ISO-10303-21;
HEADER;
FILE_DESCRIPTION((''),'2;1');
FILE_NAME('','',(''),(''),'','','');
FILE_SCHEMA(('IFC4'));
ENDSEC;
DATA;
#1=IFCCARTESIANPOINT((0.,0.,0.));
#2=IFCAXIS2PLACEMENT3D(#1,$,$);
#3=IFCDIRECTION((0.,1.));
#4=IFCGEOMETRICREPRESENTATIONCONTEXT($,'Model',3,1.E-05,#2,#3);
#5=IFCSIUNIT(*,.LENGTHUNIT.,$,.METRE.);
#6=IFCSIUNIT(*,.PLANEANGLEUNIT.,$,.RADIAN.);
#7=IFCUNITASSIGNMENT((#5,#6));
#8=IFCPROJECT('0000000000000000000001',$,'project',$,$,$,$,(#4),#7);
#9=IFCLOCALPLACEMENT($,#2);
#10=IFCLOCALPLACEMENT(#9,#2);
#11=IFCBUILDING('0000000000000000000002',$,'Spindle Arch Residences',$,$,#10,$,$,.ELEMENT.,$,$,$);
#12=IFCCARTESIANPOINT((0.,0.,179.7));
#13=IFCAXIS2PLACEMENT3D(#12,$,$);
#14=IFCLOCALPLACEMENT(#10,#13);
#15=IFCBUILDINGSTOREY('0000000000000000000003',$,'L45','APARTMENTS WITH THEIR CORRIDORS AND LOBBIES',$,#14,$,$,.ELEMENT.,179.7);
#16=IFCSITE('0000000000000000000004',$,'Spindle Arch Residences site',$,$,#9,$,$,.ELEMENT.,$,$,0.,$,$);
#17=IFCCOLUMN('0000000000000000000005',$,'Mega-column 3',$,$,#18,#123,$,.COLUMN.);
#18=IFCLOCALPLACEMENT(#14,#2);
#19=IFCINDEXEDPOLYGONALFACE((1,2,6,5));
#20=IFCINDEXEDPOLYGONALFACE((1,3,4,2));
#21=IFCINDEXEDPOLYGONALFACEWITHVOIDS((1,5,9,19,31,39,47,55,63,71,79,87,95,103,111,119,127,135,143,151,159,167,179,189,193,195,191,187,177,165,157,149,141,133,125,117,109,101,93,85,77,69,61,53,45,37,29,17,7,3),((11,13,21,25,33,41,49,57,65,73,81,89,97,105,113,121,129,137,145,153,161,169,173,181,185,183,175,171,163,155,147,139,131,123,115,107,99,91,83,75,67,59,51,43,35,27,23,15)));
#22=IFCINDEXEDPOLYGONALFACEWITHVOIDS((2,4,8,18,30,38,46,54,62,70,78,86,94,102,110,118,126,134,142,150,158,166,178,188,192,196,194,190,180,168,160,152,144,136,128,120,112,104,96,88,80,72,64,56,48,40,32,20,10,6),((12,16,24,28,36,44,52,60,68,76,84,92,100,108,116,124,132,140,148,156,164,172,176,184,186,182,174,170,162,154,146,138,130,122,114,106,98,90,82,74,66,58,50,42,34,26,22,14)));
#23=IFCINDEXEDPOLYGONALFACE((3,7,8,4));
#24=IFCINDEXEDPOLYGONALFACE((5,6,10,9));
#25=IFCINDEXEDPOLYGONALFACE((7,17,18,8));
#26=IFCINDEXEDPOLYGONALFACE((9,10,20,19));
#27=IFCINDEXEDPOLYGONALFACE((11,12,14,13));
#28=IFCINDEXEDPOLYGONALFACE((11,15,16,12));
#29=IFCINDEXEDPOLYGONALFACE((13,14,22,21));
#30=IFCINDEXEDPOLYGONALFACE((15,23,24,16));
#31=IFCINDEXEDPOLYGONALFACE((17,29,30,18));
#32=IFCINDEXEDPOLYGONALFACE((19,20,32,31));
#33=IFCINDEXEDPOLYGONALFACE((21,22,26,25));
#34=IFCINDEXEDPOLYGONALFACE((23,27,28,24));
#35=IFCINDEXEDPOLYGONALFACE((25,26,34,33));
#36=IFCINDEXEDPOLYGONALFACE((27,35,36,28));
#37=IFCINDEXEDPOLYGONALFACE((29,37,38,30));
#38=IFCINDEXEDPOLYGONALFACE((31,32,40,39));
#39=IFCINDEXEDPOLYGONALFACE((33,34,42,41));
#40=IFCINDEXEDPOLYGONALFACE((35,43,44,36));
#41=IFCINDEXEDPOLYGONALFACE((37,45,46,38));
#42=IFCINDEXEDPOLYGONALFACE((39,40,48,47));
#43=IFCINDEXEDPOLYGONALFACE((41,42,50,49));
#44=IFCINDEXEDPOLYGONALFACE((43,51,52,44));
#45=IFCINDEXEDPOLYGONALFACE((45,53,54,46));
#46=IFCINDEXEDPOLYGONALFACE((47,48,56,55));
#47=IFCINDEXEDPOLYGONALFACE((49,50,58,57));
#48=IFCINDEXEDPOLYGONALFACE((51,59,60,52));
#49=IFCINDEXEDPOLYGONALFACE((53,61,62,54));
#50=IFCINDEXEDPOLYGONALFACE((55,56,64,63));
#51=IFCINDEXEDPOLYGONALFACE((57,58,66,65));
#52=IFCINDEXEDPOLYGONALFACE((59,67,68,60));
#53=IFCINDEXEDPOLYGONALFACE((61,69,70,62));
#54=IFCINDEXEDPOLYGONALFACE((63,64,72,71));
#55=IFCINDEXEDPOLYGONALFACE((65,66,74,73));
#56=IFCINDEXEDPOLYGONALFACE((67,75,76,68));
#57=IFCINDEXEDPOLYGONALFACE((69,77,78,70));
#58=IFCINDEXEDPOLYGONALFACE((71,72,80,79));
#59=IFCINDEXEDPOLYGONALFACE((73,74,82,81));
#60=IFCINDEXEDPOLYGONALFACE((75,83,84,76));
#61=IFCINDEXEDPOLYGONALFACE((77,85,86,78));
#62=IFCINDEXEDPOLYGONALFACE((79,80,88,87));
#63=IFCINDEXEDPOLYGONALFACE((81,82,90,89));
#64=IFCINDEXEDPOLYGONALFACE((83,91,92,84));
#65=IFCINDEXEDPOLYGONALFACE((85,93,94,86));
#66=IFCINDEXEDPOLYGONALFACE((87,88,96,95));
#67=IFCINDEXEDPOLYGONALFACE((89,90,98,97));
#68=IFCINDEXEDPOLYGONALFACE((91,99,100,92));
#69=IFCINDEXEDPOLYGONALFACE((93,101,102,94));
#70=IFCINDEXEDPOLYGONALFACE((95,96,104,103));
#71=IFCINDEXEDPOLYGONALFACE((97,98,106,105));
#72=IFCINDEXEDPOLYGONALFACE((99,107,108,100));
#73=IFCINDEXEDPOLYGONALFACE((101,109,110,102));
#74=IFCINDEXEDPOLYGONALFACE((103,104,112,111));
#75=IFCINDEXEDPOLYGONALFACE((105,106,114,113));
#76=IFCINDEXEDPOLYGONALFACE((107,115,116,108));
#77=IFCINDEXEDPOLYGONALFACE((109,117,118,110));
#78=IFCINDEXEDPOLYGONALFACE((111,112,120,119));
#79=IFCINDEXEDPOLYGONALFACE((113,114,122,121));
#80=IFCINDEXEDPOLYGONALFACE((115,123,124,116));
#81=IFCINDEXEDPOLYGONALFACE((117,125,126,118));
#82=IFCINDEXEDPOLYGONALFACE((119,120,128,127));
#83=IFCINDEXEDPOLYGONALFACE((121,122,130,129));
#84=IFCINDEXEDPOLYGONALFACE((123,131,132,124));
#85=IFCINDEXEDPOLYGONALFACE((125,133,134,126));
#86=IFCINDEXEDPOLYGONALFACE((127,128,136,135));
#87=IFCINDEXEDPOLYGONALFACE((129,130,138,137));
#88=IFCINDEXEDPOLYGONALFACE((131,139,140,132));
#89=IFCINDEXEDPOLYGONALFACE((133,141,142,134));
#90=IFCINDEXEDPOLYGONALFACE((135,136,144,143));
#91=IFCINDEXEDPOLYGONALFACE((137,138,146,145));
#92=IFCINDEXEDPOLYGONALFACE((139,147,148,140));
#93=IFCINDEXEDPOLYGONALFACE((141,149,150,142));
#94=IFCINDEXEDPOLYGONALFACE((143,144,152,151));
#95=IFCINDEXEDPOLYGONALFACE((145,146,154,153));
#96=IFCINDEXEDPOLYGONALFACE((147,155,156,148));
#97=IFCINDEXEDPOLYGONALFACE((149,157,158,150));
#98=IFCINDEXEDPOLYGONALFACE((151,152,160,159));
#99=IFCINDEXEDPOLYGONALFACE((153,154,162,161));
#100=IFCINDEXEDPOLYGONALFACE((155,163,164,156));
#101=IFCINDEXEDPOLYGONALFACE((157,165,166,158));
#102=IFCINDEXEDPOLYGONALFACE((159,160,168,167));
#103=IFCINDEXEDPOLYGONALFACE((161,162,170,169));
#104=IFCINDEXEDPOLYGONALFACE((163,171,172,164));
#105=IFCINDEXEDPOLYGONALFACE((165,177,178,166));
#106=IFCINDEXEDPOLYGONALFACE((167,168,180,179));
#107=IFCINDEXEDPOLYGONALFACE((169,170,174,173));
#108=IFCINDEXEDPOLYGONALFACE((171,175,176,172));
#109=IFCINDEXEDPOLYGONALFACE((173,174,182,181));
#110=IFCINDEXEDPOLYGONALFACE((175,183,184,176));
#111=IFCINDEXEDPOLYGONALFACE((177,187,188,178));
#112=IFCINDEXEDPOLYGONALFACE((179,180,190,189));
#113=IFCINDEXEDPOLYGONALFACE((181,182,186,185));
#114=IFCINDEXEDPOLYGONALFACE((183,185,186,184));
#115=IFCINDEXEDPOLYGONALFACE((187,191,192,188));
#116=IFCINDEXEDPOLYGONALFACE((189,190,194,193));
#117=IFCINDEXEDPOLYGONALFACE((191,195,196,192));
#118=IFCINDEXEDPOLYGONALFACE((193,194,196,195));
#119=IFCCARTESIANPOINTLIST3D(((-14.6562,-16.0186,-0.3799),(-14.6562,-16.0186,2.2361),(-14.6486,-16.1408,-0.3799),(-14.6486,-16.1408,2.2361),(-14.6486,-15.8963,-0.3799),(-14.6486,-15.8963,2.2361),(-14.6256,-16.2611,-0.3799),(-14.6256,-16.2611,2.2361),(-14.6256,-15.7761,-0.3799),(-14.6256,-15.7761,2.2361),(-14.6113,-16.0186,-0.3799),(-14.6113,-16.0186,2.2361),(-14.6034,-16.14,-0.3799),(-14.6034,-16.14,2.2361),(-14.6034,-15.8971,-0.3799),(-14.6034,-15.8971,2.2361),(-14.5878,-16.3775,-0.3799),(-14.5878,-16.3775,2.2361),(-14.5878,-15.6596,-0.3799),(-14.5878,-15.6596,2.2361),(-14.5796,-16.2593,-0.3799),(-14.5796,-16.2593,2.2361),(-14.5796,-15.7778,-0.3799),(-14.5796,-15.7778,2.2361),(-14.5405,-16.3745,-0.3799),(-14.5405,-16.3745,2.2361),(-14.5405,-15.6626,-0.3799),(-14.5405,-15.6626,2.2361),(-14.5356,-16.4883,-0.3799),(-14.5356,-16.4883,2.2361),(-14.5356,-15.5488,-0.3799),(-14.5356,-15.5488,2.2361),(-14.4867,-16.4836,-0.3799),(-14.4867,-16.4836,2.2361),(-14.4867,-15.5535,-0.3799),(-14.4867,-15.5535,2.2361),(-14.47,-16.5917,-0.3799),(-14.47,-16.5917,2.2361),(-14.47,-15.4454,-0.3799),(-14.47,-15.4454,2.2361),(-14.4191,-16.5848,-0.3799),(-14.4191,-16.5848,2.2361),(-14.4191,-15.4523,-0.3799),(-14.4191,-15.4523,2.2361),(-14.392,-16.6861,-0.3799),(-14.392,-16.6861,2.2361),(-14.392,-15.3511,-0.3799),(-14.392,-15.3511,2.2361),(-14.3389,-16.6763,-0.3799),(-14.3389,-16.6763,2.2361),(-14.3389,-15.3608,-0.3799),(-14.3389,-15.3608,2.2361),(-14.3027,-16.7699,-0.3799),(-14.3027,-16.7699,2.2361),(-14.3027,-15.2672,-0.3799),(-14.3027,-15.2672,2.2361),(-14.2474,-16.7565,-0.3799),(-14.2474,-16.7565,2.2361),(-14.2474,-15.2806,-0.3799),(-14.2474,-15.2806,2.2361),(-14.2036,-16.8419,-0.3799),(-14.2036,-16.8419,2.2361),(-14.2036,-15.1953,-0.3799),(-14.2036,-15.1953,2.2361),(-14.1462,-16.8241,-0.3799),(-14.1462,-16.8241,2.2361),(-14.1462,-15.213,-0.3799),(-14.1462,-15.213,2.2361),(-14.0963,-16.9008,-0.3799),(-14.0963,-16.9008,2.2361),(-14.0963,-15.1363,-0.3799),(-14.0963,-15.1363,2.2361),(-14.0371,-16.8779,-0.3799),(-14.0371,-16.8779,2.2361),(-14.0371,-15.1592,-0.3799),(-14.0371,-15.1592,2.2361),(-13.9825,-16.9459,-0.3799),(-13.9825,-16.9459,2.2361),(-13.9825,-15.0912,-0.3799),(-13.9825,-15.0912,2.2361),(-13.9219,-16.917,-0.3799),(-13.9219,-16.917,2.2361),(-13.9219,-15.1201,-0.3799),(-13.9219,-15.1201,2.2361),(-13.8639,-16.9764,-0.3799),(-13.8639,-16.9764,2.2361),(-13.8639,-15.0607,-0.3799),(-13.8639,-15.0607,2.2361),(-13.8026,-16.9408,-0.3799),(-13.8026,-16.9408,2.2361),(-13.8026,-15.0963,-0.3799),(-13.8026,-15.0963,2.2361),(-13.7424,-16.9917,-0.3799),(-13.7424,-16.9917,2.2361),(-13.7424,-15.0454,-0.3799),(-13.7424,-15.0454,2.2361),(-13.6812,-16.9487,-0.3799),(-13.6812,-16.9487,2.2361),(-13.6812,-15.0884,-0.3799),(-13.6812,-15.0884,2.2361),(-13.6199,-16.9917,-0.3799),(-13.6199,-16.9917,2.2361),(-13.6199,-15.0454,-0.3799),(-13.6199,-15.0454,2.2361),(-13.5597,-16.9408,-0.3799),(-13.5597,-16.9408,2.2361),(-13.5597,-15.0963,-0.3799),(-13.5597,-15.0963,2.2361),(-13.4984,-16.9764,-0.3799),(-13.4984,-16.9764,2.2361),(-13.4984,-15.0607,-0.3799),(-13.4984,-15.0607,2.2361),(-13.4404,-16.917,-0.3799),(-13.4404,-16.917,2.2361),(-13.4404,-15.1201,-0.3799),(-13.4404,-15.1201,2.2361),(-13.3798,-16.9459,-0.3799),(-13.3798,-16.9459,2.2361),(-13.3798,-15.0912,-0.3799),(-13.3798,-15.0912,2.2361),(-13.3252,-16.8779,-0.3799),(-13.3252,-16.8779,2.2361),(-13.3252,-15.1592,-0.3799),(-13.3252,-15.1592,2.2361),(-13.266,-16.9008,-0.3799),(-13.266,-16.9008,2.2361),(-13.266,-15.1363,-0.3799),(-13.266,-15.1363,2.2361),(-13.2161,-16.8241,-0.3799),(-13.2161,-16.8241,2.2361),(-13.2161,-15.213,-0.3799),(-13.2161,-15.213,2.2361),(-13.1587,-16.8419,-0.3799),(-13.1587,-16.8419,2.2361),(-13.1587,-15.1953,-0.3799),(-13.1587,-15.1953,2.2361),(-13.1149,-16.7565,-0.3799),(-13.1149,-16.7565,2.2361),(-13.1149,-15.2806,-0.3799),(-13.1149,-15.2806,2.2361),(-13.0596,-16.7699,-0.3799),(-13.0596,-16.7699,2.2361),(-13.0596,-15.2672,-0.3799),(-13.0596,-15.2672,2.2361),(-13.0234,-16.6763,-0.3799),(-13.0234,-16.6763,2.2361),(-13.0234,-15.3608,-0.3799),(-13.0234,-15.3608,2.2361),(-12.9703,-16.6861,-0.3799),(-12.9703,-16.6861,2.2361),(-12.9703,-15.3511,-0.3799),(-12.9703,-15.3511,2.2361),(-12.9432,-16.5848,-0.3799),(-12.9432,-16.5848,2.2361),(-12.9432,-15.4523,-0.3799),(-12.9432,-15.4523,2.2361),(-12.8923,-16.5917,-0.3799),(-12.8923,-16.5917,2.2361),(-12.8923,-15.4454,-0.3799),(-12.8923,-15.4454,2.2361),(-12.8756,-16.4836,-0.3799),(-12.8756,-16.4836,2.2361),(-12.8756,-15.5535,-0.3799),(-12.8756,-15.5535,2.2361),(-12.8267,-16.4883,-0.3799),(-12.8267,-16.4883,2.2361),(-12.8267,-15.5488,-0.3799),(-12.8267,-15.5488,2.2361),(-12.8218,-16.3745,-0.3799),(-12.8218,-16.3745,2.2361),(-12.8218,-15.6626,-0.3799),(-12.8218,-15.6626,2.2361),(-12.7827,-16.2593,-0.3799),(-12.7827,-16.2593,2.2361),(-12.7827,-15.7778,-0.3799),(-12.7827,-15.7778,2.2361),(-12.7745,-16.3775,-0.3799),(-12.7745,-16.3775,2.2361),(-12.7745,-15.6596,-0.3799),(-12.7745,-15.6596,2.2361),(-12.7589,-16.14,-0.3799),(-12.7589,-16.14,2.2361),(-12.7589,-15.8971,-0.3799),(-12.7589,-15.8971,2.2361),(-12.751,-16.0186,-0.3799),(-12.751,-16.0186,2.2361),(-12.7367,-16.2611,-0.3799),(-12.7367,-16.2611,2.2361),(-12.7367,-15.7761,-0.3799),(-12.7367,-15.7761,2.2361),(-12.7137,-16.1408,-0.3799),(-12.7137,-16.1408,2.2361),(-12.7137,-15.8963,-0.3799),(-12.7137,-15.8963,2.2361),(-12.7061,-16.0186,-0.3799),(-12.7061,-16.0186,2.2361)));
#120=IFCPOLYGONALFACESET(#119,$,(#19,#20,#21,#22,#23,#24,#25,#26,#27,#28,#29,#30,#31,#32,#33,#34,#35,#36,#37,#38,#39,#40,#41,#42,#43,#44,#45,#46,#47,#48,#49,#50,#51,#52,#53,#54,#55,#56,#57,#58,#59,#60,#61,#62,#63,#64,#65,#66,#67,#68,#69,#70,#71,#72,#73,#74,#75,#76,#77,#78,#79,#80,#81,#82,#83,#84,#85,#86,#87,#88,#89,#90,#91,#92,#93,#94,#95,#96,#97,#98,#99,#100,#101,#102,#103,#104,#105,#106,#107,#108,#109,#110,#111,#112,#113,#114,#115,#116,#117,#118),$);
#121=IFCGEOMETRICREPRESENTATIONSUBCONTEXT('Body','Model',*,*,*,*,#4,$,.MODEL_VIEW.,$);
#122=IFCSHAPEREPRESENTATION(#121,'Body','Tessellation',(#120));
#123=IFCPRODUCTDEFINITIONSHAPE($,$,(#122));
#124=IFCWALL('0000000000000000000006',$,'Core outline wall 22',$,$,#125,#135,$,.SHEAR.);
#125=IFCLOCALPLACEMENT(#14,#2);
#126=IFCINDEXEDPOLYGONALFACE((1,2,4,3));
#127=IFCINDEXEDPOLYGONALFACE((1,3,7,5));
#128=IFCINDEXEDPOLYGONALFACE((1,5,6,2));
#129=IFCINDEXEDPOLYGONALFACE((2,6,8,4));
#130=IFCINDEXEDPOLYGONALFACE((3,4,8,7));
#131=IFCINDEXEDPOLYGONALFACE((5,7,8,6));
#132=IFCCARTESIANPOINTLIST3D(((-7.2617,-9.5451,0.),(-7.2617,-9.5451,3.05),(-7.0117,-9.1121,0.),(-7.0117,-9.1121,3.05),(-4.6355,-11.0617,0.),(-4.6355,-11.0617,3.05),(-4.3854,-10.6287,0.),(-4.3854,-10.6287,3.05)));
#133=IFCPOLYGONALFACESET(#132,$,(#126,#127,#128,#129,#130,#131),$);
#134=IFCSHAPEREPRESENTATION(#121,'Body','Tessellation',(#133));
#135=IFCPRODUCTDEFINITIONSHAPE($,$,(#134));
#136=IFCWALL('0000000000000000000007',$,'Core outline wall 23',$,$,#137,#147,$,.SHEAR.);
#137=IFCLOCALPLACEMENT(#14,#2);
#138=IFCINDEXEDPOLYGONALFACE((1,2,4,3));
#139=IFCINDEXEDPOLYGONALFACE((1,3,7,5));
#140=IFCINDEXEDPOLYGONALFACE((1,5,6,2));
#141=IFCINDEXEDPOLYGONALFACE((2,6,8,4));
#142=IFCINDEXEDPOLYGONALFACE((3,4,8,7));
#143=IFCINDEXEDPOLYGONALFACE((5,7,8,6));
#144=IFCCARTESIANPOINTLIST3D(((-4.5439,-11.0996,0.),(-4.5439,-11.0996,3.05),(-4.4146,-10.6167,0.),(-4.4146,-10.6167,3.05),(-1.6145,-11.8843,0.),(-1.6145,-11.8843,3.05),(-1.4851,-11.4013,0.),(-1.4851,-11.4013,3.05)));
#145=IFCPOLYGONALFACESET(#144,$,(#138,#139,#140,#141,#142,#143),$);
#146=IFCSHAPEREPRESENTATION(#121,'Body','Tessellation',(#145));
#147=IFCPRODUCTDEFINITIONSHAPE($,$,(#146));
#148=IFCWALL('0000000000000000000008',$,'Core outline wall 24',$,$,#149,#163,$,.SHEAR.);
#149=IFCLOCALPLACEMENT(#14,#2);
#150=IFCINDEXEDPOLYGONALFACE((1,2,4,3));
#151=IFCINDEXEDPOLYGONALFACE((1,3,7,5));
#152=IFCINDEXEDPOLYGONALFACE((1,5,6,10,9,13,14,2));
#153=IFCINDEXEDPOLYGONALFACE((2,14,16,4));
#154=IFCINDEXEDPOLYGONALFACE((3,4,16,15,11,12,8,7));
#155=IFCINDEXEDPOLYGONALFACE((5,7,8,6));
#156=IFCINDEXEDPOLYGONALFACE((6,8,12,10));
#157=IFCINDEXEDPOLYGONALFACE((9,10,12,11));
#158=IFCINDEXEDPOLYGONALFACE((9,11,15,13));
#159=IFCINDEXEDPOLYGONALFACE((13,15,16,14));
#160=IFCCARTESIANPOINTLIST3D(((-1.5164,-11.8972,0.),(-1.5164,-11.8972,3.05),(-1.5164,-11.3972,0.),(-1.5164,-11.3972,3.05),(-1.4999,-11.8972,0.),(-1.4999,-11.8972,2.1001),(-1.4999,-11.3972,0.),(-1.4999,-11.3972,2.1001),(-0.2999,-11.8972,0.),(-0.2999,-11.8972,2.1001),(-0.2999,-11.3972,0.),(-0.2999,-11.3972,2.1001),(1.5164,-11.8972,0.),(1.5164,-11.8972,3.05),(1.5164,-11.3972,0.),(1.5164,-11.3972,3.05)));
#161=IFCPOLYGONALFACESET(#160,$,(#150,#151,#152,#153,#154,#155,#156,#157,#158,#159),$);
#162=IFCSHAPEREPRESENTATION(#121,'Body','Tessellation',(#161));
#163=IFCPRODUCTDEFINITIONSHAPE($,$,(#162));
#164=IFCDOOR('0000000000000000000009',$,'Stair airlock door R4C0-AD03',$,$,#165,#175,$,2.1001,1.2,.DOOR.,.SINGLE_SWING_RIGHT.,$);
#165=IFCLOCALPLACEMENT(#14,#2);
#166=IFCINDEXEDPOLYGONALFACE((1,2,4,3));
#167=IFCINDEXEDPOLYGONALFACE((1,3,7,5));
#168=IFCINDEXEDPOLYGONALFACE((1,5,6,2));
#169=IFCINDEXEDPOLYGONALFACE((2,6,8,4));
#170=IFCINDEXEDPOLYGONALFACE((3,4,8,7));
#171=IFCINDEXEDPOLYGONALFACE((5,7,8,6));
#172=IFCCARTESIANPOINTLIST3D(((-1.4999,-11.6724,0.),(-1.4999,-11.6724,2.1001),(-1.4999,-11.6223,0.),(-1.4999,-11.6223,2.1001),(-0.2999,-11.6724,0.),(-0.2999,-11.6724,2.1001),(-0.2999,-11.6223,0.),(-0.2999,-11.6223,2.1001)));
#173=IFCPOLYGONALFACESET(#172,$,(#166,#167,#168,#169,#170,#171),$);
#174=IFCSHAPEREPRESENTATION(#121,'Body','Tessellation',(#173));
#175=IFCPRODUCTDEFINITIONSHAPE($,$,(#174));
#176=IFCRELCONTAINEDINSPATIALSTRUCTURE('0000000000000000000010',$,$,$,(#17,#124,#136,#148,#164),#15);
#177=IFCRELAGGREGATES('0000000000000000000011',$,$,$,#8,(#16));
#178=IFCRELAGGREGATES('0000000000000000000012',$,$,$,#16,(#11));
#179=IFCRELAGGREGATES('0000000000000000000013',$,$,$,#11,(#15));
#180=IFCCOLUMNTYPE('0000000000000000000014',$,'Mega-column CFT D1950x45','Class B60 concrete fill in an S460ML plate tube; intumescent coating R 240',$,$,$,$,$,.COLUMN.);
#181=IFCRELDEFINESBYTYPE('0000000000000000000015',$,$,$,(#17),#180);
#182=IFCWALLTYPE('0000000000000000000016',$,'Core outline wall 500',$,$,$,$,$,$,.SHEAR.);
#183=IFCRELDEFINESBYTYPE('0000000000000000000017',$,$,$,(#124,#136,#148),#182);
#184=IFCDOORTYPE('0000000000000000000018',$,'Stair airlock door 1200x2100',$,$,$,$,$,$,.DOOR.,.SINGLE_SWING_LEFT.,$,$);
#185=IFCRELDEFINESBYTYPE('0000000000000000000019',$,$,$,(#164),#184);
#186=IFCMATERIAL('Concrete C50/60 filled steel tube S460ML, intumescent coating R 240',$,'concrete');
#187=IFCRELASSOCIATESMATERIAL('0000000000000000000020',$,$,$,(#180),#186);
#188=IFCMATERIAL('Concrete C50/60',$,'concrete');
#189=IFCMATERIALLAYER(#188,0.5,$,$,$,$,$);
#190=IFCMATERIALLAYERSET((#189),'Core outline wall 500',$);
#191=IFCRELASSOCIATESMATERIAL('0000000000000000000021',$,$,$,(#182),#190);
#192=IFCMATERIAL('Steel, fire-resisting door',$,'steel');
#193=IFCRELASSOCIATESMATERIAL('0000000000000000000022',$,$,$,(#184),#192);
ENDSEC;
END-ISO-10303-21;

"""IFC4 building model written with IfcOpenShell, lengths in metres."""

from ifc_helpers import new_model, si_unit, direction, frame, frame_2d, origin, origin_2d, place, context, subcontext, project, spatial, rectangle, hollow_circle, extrude, material, layer, layer_set, material_profile, profile_set, type_object, element, fill, save


model = new_model("IFC4")

# Units and contexts
model_context = context("Model", 3, precision=1e-05, world=origin(), true_north=direction((0.0, 1.0)))
body_context = subcontext(model_context, "Body", "Model", "MODEL_VIEW")
ifc_project = project(units=[si_unit("LENGTHUNIT", "METRE"), si_unit("PLANEANGLEUNIT", "RADIAN")], contexts=[model_context])

# Site, building, storey
site_placement = place(None, origin())
site = spatial("IfcSite", under=ifc_project, at=site_placement, Name="Spindle Arch Residences site", CompositionType="ELEMENT", RefElevation=0.0)
building_placement = place(site_placement, origin())
building = spatial("IfcBuilding", under=site, at=building_placement, Name="Spindle Arch Residences", CompositionType="ELEMENT")
storey_placement = place(building_placement, frame((0.0, 0.0, 179.7)))
storey = spatial("IfcBuildingStorey", under=building, at=storey_placement, Name="L45", Description="APARTMENTS WITH THEIR CORRIDORS AND LOBBIES", CompositionType="ELEMENT", Elevation=179.7)

# Column
ifc_material_1 = material(Name="Concrete C50/60 filled steel tube S460ML, intumescent coating R 240", Category="concrete")
ifc_material_profile = material_profile(ifc_material_1, hollow_circle(Radius=0.9751, WallThickness=0.0449, at=origin_2d()), Name="CFT D1950x45")
ifc_profile_set = profile_set([ifc_material_profile], Name="Concrete C50/60 filled steel tube S460ML, intumescent coating R 240")
column_type = type_object("IfcColumnType", Name="Mega-column CFT D1950x45", Description="Class B60 concrete fill in an S460ML plate tube; intumescent coating R 240", PredefinedType="COLUMN", material=ifc_profile_set)
column_placement = place(storey_placement, frame((-13.6812, -16.0186, -0.3799), z_axis=(0.0, 0.0, 1.0), x_axis=(1.0, 0.0, 0.0)))
element("IfcColumn", 1, at=column_placement, inside=storey, type_object=column_type, Name="Mega-column 3", PredefinedType="COLUMN", context=body_context, shape_type="SweptSolid", body=[
    extrude(hollow_circle(Radius=0.9751, WallThickness=0.0449, at=origin_2d()), origin(), (0.0, 0.0, 1.0), 2.616),
])

# Walls
ifc_material_2 = material(Name="Concrete C50/60", Category="concrete")
ifc_layer_1 = layer(ifc_material_2, 0.5)
ifc_layer_set_1 = layer_set([ifc_layer_1], Name="Core outline wall 500")
wall_type_1 = type_object("IfcWallType", Name="Core outline wall 500", PredefinedType="SHEAR", material=ifc_layer_set_1)
for number, where, z_axis, x_axis, name in (
    (2, (-7.1367, -9.3286, 0.0), (0.0, 0.0, 1.0), (0.865975, -0.500087, 0.0), "Core outline wall 22"),
    (3, (-4.4792, -10.8582, 0.0), (0.0, 0.0, 1.0), (0.965948, -0.258735, 0.0), "Core outline wall 23"),
):
    element("IfcWall", number, at=place(storey_placement, frame(where, z_axis=z_axis, x_axis=x_axis)), inside=storey, type_object=wall_type_1, Name=name, PredefinedType="SHEAR", context=body_context, shape_type="SweptSolid", body=[
        extrude(rectangle(XDim=3.0327, YDim=0.5, at=frame_2d((1.5164, 0.0))), origin(), (0.0, 0.0, 1.0), 3.05),
    ])

# Wall, opening, door
wall_1_placement = place(storey_placement, frame((-1.5164, -11.6472, 0.0), z_axis=(0.0, 0.0, 1.0), x_axis=(1.0, 0.0, 0.0)))
wall_1 = element("IfcWall", 4, at=wall_1_placement, inside=storey, type_object=wall_type_1, Name="Core outline wall 24", PredefinedType="SHEAR", context=body_context, shape_type="SweptSolid", body=[
    extrude(rectangle(XDim=3.0327, YDim=0.5, at=frame_2d((1.5164, 0.0))), origin(), (0.0, 0.0, 1.0), 3.05),
])
opening_1_placement = place(wall_1_placement, frame((0.0164, 0.0, 0.0)))
opening_1 = element("IfcOpeningElement", 5, at=opening_1_placement, cuts=wall_1, PredefinedType="OPENING", context=body_context, shape_type="SweptSolid", body=[
    extrude(rectangle(XDim=1.2, YDim=2.1001, at=frame_2d((0.6001, 1.05))), frame((0.0, 0.26, 0.0), z_axis=(0.0, -1.0, 0.0), x_axis=(1.0, 0.0, 0.0)), (0.0, 0.0, 1.0), 0.52),
])
ifc_material_3 = material(Name="Steel, fire-resisting door", Category="steel")
door_type_1 = type_object("IfcDoorType", Name="Stair airlock door 1200x2100", OperationType="SINGLE_SWING_LEFT", PredefinedType="DOOR", material=ifc_material_3)
door_1_placement = place(opening_1_placement, origin())
door_1 = element("IfcDoor", 6, at=door_1_placement, inside=storey, type_object=door_type_1, Name="Stair airlock door R4C0-AD03", OperationType="SINGLE_SWING_RIGHT", OverallHeight=2.1001, OverallWidth=1.2, PredefinedType="DOOR", context=body_context, shape_type="SweptSolid", body=[
    extrude(rectangle(XDim=1.2, YDim=2.1001, at=frame_2d((0.6001, 1.05))), frame((0.0, 0.0249, 0.0), z_axis=(0.0, -1.0, 0.0), x_axis=(1.0, 0.0, 0.0)), (0.0, 0.0, 1.0), 0.05),
])
fill(opening_1, door_1)

save(model, "model.ifc")
